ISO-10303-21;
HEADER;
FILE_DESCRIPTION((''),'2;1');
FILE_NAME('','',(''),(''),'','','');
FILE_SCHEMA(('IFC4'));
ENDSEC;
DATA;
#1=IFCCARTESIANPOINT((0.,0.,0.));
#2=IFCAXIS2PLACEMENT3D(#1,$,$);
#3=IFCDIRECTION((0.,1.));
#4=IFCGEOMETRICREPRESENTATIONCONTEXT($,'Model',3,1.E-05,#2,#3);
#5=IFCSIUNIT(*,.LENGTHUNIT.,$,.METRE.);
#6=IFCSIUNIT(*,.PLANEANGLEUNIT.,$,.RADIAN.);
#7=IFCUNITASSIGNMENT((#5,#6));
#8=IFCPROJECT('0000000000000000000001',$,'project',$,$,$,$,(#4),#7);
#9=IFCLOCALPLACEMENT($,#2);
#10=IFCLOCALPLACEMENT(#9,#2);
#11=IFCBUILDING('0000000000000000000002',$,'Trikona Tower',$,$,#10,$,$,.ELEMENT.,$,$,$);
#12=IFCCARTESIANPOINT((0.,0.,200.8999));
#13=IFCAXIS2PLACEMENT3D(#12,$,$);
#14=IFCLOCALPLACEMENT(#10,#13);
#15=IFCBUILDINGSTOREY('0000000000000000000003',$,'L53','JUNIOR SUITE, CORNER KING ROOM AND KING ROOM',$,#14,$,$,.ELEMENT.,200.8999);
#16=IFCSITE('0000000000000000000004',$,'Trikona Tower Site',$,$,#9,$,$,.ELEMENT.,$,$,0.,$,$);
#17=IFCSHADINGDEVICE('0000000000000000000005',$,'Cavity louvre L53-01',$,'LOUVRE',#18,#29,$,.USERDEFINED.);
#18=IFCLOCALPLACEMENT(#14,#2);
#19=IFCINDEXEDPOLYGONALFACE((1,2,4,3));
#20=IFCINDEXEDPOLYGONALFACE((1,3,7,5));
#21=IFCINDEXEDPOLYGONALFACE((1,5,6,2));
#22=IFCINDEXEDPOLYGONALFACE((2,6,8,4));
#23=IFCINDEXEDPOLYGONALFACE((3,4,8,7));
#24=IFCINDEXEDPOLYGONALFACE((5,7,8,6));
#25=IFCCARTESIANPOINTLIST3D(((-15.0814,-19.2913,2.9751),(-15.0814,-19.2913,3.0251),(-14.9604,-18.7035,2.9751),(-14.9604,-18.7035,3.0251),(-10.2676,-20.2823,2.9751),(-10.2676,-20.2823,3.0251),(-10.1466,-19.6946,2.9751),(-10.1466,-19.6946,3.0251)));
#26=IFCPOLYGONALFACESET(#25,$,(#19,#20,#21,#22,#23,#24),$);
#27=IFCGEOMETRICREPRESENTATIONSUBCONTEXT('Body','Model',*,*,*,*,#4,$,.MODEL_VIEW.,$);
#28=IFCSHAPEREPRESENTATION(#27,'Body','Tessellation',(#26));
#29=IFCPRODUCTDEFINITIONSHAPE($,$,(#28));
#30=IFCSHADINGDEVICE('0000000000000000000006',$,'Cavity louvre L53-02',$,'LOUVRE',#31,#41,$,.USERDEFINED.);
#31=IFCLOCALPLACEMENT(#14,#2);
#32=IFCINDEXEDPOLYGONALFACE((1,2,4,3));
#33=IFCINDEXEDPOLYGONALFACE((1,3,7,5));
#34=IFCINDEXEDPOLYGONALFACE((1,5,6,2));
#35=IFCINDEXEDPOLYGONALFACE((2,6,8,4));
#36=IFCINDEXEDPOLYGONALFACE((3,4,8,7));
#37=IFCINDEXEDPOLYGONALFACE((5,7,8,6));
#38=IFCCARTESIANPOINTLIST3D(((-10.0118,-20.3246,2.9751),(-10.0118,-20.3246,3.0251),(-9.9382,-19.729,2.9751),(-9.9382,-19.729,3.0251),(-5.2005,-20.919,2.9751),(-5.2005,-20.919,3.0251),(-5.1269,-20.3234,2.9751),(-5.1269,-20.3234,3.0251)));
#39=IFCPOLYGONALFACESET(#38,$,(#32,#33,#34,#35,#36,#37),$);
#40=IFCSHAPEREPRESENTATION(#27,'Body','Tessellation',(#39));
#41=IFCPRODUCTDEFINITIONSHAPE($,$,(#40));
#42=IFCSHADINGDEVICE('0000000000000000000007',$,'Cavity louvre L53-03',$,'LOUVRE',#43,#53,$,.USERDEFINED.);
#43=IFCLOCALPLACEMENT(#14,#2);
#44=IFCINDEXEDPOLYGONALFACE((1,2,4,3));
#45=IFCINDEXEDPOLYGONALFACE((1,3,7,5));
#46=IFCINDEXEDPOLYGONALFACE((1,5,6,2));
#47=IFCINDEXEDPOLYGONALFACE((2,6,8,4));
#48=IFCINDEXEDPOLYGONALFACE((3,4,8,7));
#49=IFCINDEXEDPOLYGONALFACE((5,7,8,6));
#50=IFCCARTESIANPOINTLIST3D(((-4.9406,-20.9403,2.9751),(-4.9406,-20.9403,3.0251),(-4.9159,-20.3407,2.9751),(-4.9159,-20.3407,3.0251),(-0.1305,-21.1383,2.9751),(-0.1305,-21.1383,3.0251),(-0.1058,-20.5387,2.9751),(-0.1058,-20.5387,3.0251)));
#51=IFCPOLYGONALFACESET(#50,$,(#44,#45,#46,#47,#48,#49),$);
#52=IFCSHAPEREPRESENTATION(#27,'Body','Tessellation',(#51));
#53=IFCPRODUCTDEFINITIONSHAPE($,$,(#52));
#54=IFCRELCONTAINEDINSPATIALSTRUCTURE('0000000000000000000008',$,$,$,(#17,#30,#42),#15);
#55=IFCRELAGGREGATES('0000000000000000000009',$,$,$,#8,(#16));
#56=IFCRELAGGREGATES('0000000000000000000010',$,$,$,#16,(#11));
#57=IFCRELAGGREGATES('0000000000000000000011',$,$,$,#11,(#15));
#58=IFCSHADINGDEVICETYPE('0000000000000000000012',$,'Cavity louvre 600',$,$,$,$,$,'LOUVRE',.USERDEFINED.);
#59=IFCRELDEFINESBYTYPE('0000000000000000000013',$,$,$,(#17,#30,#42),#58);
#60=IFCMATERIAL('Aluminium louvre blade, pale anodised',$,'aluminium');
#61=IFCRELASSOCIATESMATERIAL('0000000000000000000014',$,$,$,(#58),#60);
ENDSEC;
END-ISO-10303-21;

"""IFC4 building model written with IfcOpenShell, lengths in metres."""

from ifc_helpers import new_model, si_unit, direction, frame, origin, origin_2d, place, context, subcontext, project, spatial, rectangle, extrude, material, type_object, element, save


model = new_model("IFC4")

# Units and contexts
model_context = context("Model", 3, precision=1e-05, world=origin(), true_north=direction((0.0, 1.0)))
body_context = subcontext(model_context, "Body", "Model", "MODEL_VIEW")
ifc_project = project(units=[si_unit("LENGTHUNIT", "METRE"), si_unit("PLANEANGLEUNIT", "RADIAN")], contexts=[model_context])

# Site, building, storey
site_placement = place(None, origin())
site = spatial("IfcSite", under=ifc_project, at=site_placement, Name="Trikona Tower Site", CompositionType="ELEMENT", RefElevation=0.0)
building_placement = place(site_placement, origin())
building = spatial("IfcBuilding", under=site, at=building_placement, Name="Trikona Tower", CompositionType="ELEMENT")
storey_placement = place(building_placement, frame((0.0, 0.0, 200.8999)))
storey = spatial("IfcBuildingStorey", under=building, at=storey_placement, Name="L53", Description="JUNIOR SUITE, CORNER KING ROOM AND KING ROOM", CompositionType="ELEMENT", Elevation=200.8999)

# Shading devices
ifc_material_1 = material(Name="Aluminium louvre blade, pale anodised", Category="aluminium")
shading_device_type = type_object("IfcShadingDeviceType", Name="Cavity louvre 600", ElementType="LOUVRE", PredefinedType="USERDEFINED", material=ifc_material_1)
shading_device_1_placement = place(storey_placement, frame((-12.614, -19.4929, 2.9751), z_axis=(0.0, 0.0, 1.0), x_axis=(0.979458, -0.201651, 0.0)))
element("IfcShadingDevice", 1, at=shading_device_1_placement, inside=storey, type_object=shading_device_type, Name="Cavity louvre L53-01", ObjectType="LOUVRE", PredefinedType="USERDEFINED", context=body_context, shape_type="SweptSolid", body=[
    extrude(rectangle(XDim=4.9148, YDim=0.6001, at=origin_2d()), origin(), (0.0, 0.0, 1.0), 0.05),
])
shading_device_2_placement = place(storey_placement, frame((-7.5693, -20.324, 2.9751), z_axis=(0.0, 0.0, 1.0), x_axis=(0.992455, -0.122607, 0.0)))
element("IfcShadingDevice", 2, at=shading_device_2_placement, inside=storey, type_object=shading_device_type, Name="Cavity louvre L53-02", ObjectType="LOUVRE", PredefinedType="USERDEFINED", context=body_context, shape_type="SweptSolid", body=[
    extrude(rectangle(XDim=4.8479, YDim=0.6001, at=origin_2d()), origin(), (0.0, 0.0, 1.0), 0.05),
])
shading_device_3_placement = place(storey_placement, frame((-2.5232, -20.7395, 2.9751), z_axis=(0.0, 0.0, 1.0), x_axis=(0.999153, -0.041145, 0.0)))
element("IfcShadingDevice", 3, at=shading_device_3_placement, inside=storey, type_object=shading_device_type, Name="Cavity louvre L53-03", ObjectType="LOUVRE", PredefinedType="USERDEFINED", context=body_context, shape_type="SweptSolid", body=[
    extrude(rectangle(XDim=4.8142, YDim=0.6001, at=origin_2d()), origin(), (0.0, 0.0, 1.0), 0.05),
])

save(model, "model.ifc")
